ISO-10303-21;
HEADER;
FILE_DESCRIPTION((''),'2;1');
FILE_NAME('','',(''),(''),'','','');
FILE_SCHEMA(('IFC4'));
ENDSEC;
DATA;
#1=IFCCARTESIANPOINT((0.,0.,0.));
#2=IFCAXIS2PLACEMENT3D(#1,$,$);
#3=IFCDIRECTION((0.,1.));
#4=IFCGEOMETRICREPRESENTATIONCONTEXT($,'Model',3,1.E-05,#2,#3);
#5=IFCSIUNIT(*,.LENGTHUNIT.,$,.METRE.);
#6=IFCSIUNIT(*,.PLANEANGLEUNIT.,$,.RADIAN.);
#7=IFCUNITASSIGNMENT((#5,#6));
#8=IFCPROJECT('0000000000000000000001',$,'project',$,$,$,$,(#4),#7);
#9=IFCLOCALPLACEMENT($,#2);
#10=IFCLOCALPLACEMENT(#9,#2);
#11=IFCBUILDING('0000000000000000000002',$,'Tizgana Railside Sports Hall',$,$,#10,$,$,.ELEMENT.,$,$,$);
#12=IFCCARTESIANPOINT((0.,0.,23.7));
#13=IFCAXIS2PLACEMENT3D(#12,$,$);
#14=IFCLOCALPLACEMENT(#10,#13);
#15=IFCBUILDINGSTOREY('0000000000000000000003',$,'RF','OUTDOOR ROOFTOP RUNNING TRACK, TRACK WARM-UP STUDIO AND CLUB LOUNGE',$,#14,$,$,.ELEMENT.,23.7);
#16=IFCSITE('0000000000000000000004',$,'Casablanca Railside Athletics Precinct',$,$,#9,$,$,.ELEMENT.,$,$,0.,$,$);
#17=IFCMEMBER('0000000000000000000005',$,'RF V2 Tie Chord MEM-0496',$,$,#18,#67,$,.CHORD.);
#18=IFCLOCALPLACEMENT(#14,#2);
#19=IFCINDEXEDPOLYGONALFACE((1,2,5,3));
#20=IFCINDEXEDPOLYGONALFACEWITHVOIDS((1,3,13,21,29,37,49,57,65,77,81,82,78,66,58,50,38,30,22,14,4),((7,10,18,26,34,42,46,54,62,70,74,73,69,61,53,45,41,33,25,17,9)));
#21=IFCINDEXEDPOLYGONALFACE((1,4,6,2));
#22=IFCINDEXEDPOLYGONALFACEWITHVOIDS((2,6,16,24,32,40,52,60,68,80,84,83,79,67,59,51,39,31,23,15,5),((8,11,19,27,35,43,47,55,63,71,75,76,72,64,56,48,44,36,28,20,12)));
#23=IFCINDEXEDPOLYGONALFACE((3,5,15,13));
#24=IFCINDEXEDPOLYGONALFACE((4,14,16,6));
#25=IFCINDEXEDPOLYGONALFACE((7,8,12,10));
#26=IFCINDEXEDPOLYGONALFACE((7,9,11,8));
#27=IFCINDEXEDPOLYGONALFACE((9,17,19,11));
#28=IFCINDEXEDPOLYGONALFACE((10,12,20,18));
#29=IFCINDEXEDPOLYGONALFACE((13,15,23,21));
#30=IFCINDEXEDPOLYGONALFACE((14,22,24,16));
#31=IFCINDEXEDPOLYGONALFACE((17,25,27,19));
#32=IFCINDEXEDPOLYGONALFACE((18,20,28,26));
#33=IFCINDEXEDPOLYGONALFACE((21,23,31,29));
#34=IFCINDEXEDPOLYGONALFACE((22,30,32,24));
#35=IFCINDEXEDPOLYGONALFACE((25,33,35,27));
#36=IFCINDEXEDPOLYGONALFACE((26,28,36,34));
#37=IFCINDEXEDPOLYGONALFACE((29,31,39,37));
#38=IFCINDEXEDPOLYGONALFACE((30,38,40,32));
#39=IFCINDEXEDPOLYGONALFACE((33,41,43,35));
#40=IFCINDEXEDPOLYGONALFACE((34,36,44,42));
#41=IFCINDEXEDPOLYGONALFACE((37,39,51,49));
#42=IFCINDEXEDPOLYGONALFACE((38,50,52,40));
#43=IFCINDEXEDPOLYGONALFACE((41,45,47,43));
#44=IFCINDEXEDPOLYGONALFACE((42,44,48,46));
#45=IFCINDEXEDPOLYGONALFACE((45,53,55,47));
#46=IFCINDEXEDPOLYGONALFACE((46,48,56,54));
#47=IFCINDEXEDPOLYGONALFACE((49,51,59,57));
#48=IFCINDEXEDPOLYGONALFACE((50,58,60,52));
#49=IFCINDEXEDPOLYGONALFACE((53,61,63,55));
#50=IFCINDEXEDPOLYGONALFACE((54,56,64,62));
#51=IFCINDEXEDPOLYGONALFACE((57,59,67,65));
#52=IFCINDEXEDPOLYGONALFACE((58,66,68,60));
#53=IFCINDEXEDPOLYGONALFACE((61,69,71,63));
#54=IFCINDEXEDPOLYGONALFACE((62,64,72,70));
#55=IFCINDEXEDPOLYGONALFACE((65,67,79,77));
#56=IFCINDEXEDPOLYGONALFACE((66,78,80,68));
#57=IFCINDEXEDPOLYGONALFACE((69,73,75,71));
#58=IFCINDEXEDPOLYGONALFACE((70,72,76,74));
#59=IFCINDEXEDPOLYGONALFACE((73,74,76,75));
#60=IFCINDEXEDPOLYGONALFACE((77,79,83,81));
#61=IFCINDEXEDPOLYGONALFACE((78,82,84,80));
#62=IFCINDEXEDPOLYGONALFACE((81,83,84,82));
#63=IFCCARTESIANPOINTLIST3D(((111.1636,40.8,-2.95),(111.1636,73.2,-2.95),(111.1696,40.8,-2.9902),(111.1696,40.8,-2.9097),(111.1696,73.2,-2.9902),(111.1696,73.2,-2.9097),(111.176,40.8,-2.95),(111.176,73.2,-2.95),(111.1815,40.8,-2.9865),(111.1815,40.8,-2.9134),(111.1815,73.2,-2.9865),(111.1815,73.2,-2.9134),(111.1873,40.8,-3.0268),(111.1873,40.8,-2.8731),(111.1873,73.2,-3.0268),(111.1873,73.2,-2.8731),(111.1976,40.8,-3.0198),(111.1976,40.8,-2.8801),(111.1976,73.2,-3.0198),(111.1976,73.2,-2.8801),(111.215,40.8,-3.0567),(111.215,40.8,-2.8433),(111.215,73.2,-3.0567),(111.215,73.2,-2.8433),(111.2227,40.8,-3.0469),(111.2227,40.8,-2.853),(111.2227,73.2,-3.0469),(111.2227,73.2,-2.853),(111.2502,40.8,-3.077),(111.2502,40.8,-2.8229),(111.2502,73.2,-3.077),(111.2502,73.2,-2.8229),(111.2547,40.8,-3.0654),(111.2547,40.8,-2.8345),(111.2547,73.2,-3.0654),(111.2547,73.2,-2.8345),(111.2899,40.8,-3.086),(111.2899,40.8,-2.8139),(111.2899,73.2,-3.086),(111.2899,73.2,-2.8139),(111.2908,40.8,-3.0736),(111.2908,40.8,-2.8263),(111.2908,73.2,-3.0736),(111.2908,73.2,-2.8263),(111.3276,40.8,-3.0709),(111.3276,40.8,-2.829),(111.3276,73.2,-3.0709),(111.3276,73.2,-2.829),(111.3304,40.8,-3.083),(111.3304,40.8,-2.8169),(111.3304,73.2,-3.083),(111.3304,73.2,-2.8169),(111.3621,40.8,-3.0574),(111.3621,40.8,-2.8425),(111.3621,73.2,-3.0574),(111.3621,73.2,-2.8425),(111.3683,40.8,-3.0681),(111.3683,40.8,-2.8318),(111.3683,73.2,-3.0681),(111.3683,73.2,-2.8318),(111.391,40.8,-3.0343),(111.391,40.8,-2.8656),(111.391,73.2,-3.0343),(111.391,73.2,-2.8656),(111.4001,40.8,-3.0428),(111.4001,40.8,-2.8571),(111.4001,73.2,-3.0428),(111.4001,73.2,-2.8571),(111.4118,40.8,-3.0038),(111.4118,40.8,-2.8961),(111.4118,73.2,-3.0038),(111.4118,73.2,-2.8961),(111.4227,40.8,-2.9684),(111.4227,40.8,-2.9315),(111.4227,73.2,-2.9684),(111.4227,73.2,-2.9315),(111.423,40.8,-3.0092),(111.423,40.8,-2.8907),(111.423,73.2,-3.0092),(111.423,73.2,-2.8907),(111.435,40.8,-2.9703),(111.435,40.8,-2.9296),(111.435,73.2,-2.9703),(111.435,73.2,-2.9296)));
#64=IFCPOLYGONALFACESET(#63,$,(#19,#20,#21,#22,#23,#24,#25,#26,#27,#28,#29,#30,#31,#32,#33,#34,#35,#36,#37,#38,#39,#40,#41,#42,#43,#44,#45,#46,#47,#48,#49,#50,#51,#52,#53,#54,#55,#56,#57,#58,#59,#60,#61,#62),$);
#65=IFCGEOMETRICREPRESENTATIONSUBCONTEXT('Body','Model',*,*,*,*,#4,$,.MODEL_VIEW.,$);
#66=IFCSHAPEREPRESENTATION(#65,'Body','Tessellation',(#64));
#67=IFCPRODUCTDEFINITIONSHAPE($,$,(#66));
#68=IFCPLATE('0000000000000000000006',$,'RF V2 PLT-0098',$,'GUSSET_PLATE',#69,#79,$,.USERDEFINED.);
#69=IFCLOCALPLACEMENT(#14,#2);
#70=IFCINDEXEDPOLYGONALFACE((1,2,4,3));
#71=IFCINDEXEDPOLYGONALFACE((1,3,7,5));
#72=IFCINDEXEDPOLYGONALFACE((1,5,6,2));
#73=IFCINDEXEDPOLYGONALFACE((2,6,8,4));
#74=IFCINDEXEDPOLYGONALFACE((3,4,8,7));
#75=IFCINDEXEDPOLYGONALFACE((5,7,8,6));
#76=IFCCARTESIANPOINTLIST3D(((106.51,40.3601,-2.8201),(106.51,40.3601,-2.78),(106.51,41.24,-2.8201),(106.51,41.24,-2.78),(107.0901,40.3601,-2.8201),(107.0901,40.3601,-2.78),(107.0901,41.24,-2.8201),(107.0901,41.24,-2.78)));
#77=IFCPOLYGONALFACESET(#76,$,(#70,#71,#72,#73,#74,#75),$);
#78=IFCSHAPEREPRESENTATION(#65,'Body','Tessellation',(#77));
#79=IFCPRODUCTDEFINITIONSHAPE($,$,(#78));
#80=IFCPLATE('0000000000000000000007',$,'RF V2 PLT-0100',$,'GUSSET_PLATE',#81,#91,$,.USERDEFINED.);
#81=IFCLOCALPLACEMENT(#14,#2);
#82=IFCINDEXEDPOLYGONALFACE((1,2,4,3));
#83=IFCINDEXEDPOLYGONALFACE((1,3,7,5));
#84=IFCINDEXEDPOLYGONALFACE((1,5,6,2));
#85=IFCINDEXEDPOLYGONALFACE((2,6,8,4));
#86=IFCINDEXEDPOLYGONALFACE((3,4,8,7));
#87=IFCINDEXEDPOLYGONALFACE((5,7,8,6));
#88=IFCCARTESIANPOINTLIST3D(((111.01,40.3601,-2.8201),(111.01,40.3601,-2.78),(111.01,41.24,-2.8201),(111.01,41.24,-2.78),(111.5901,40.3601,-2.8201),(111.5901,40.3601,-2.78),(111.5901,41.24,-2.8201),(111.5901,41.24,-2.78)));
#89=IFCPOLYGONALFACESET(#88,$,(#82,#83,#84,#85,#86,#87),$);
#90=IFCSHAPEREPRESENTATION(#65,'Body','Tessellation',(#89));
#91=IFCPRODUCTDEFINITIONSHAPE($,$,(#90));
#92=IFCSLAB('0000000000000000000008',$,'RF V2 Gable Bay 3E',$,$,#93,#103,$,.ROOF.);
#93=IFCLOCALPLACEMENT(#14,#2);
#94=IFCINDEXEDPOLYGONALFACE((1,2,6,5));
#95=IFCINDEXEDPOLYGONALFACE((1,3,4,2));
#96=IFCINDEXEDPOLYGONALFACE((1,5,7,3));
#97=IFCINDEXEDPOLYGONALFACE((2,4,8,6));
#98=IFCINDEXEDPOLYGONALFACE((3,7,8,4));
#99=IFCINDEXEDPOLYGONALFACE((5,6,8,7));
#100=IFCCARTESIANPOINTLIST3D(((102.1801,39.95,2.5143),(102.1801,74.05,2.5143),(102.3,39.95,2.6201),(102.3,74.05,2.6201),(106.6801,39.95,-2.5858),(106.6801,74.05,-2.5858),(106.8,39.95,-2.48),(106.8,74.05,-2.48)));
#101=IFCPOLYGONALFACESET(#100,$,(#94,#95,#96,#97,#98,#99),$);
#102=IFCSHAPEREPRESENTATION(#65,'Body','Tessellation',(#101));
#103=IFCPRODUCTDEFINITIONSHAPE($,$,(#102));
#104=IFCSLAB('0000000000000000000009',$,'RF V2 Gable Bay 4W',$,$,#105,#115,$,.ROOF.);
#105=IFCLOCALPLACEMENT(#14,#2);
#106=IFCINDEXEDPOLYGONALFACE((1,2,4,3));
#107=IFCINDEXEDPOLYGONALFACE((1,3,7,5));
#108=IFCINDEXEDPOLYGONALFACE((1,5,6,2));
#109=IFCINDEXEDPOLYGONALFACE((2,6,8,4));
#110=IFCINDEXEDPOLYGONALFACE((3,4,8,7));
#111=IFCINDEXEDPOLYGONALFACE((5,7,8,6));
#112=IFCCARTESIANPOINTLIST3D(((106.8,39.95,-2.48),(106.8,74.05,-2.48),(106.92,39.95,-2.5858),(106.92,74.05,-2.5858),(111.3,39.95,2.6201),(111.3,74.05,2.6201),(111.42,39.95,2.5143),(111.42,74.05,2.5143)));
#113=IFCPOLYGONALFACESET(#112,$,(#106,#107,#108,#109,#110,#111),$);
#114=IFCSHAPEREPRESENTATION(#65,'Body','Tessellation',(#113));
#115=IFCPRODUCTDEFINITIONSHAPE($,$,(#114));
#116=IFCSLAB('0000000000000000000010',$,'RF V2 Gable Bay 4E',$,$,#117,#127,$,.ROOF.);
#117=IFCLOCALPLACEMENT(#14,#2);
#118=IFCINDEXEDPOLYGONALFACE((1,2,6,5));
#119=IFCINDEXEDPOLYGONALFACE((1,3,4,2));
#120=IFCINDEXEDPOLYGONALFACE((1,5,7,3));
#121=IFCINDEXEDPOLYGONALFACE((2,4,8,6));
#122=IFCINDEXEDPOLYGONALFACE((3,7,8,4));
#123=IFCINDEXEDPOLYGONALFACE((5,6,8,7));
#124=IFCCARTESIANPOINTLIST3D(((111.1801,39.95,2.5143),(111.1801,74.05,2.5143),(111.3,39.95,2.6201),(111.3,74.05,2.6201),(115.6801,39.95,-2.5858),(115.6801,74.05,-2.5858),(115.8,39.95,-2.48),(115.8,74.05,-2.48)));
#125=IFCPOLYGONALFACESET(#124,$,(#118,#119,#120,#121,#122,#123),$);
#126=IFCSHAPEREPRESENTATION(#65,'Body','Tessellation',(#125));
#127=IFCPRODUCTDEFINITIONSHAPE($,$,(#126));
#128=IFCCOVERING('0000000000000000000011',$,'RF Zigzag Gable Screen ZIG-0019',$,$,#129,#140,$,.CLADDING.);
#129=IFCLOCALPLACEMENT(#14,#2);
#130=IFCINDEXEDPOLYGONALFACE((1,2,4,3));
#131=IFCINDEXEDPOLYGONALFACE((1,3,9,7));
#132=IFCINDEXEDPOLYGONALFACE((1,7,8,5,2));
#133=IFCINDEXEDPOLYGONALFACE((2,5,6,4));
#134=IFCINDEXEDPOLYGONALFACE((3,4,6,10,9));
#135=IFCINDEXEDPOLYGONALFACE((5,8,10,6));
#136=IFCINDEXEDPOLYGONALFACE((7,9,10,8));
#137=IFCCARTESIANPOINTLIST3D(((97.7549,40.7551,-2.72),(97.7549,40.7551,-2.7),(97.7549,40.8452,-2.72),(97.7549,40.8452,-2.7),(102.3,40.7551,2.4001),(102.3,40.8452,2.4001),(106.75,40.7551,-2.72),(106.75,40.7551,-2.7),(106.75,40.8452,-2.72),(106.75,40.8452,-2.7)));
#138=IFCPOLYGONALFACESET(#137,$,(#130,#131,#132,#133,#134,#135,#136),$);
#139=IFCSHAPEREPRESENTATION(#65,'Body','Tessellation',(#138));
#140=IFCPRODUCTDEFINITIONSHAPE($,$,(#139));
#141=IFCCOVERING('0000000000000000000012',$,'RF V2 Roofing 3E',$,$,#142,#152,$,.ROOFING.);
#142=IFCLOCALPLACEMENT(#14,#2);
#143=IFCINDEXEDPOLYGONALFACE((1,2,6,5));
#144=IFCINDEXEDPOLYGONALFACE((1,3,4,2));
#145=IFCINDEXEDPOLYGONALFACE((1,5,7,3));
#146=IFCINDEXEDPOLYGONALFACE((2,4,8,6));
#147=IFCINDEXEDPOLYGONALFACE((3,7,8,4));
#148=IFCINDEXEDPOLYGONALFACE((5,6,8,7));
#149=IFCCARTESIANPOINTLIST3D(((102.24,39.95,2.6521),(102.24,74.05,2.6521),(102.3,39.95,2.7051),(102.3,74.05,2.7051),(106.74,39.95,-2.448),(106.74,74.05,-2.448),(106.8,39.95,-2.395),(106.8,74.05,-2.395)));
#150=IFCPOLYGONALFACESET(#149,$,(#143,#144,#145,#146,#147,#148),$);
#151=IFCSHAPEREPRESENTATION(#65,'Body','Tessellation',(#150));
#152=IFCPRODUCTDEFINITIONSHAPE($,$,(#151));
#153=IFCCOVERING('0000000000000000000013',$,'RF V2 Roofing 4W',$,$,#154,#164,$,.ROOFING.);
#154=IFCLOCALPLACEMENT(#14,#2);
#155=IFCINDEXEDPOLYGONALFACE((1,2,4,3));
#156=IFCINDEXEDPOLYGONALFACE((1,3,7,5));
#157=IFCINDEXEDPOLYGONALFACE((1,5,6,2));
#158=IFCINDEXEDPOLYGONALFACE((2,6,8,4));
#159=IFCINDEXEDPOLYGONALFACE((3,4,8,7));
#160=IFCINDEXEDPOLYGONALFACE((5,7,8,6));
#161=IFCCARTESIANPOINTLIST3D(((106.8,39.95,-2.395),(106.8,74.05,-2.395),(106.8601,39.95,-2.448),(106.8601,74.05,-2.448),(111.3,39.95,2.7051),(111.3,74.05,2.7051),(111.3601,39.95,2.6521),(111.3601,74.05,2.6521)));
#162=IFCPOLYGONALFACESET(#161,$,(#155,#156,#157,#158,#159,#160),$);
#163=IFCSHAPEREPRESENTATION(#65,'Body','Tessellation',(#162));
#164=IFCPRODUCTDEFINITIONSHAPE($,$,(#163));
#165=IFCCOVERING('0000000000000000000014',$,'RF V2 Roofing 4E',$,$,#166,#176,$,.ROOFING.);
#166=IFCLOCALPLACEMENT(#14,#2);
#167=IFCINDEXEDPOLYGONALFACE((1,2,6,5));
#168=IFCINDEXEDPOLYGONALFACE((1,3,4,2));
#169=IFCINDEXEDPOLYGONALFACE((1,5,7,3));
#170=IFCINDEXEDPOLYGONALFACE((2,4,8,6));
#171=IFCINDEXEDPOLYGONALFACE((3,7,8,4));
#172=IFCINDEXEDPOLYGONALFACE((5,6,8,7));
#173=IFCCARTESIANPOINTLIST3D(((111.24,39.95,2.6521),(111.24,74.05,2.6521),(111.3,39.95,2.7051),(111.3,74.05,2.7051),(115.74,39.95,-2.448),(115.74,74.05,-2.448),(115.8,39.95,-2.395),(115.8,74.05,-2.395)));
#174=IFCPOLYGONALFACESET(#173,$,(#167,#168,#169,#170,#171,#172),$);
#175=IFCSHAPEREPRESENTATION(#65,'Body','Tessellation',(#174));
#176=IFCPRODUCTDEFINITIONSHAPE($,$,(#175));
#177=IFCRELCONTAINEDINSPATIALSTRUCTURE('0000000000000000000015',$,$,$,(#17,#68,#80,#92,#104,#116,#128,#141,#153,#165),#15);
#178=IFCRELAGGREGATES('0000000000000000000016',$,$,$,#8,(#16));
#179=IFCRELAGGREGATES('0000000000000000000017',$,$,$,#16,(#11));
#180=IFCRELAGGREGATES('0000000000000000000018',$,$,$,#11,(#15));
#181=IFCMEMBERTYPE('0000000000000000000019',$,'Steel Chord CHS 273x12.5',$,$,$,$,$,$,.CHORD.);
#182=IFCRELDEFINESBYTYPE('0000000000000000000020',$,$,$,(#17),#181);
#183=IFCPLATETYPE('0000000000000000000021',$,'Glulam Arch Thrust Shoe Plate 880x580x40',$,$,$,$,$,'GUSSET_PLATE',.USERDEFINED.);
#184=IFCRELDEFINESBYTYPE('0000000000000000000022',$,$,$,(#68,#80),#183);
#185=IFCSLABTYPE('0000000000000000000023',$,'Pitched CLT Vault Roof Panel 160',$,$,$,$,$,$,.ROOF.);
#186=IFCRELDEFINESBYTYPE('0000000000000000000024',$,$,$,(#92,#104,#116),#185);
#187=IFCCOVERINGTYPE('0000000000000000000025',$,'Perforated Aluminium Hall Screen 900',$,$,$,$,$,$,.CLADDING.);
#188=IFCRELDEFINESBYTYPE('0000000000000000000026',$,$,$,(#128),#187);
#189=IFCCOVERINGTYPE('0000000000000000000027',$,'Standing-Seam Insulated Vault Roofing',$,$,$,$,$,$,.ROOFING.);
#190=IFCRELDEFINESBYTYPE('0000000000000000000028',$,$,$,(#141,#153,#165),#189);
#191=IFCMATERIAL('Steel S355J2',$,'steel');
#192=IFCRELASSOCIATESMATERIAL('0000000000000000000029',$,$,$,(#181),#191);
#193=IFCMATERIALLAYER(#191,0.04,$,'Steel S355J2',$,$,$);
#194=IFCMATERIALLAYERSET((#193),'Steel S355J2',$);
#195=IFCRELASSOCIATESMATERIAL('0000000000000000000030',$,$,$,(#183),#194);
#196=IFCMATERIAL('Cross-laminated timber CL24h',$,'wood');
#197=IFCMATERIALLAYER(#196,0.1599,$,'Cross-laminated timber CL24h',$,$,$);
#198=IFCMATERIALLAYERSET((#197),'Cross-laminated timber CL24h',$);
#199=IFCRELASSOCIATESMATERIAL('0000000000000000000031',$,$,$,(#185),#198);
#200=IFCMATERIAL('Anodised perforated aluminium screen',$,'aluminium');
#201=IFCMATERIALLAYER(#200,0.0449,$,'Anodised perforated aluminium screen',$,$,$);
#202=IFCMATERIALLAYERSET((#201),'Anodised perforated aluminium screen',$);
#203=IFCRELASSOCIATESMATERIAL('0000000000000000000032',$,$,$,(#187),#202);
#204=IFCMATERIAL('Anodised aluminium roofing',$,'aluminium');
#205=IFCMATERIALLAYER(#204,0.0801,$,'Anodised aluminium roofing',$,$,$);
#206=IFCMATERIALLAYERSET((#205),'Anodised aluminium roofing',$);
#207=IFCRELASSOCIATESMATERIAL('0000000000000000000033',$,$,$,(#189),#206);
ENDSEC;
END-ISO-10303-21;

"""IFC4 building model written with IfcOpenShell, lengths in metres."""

from ifc_helpers import new_model, si_unit, direction, frame, origin, origin_2d, place, context, subcontext, project, spatial, polyline, rectangle, hollow_circle, outline, extrude, material, layer, layer_set, material_profile, profile_set, type_object, element, save


model = new_model("IFC4")

# Units and contexts
model_context = context("Model", 3, precision=1e-05, world=origin(), true_north=direction((0.0, 1.0)))
body_context = subcontext(model_context, "Body", "Model", "MODEL_VIEW")
ifc_project = project(units=[si_unit("LENGTHUNIT", "METRE"), si_unit("PLANEANGLEUNIT", "RADIAN")], contexts=[model_context])

# Site, building, storey
site_placement = place(None, origin())
site = spatial("IfcSite", under=ifc_project, at=site_placement, Name="Casablanca Railside Athletics Precinct", CompositionType="ELEMENT", RefElevation=0.0)
building_placement = place(site_placement, origin())
building = spatial("IfcBuilding", under=site, at=building_placement, Name="Tizgana Railside Sports Hall", CompositionType="ELEMENT")
storey_placement = place(building_placement, frame((0.0, 0.0, 23.7)))
storey = spatial("IfcBuildingStorey", under=building, at=storey_placement, Name="RF", Description="OUTDOOR ROOFTOP RUNNING TRACK, TRACK WARM-UP STUDIO AND CLUB LOUNGE", CompositionType="ELEMENT", Elevation=23.7)

# Member
ifc_material_1 = material(Name="Steel S355J2", Category="steel")
ifc_material_profile_1 = material_profile(ifc_material_1, hollow_circle(Radius=0.1365, WallThickness=0.0125, at=origin_2d()), Name="CHS 273x12.5")
ifc_profile_set_1 = profile_set([ifc_material_profile_1], Name="Steel S355J2")
member_type_1 = type_object("IfcMemberType", Name="Steel Chord CHS 273x12.5", PredefinedType="CHORD", material=ifc_profile_set_1)
for number, where, z_axis, x_axis, name in (
    (1, (111.3, 40.8, -2.95), (0.0, 1.0, 0.0), (-1.0, 0.0, 0.0), "RF V2 Tie Chord MEM-0496"),
):
    element("IfcMember", number, at=place(storey_placement, frame(where, z_axis=z_axis, x_axis=x_axis)), inside=storey, type_object=member_type_1, Name=name, PredefinedType="CHORD", context=body_context, shape_type="SweptSolid", body=[
        extrude(hollow_circle(Radius=0.1365, WallThickness=0.0125, at=origin_2d()), origin(), (0.0, 0.0, 1.0), 32.3999),
    ])

# Plates
ifc_layer_1 = layer(ifc_material_1, 0.04, Name="Steel S355J2")
ifc_layer_set_1 = layer_set([ifc_layer_1], Name="Steel S355J2")
plate_type = type_object("IfcPlateType", Name="Glulam Arch Thrust Shoe Plate 880x580x40", ElementType="GUSSET_PLATE", PredefinedType="USERDEFINED", material=ifc_layer_set_1)
for number, where, z_axis, x_axis, name in (
    (2, (106.8, 40.8, -2.8201), (0.0, 0.0, 1.0), (1.0, 0.0, 0.0), "RF V2 PLT-0098"),
    (3, (111.3, 40.8, -2.8201), (0.0, 0.0, 1.0), (1.0, 0.0, 0.0), "RF V2 PLT-0100"),
):
    element("IfcPlate", number, at=place(storey_placement, frame(where, z_axis=z_axis, x_axis=x_axis)), inside=storey, type_object=plate_type, Name=name, ObjectType="GUSSET_PLATE", PredefinedType="USERDEFINED", context=body_context, shape_type="SweptSolid", body=[
        extrude(rectangle(XDim=0.5801, YDim=0.8799, at=origin_2d()), origin(), (0.0, 0.0, 1.0), 0.04),
    ])

# Slabs
ifc_material_2 = material(Name="Cross-laminated timber CL24h", Category="wood")
ifc_layer_2 = layer(ifc_material_2, 0.1599, Name="Cross-laminated timber CL24h")
ifc_layer_set_2 = layer_set([ifc_layer_2], Name="Cross-laminated timber CL24h")
slab_type = type_object("IfcSlabType", Name="Pitched CLT Vault Roof Panel 160", PredefinedType="ROOF", material=ifc_layer_set_2)
for number, where, z_axis, x_axis, name in (
    (4, (102.3, 39.95, 2.6201), (0.749844, 0.0, 0.661615), (0.661615, 0.0, -0.749844), "RF V2 Gable Bay 3E"),
    (5, (106.8, 39.95, -2.48), (-0.749844, 0.0, 0.661615), (0.661615, 0.0, 0.749844), "RF V2 Gable Bay 4W"),
    (6, (111.3, 39.95, 2.6201), (0.749844, 0.0, 0.661615), (0.661615, 0.0, -0.749844), "RF V2 Gable Bay 4E"),
):
    element("IfcSlab", number, at=place(storey_placement, frame(where, z_axis=z_axis, x_axis=x_axis)), inside=storey, type_object=slab_type, Name=name, PredefinedType="ROOF", context=body_context, shape_type="SweptSolid", body=[
        extrude(outline(polyline([(0.0, 0.0), (6.8015, 0.0), (6.8015, 34.1001), (0.0, 34.1001), (0.0, 0.0)])), origin(), (0.0, 0.0, -1.0), 0.1599),
    ])

# Coverings
ifc_material_3 = material(Name="Anodised perforated aluminium screen", Category="aluminium")
ifc_layer_3 = layer(ifc_material_3, 0.0449, Name="Anodised perforated aluminium screen")
ifc_layer_set_3 = layer_set([ifc_layer_3], Name="Anodised perforated aluminium screen")
covering_type_1 = type_object("IfcCoveringType", Name="Perforated Aluminium Hall Screen 900", PredefinedType="CLADDING", material=ifc_layer_set_3)
covering_placement = place(storey_placement, frame((106.75, 40.8, -2.72), z_axis=(0.0, 0.0, 1.0), x_axis=(-1.0, 0.0, 0.0)))
element("IfcCovering", 7, at=covering_placement, inside=storey, type_object=covering_type_1, Name="RF Zigzag Gable Screen ZIG-0019", PredefinedType="CLADDING", context=body_context, shape_type="SweptSolid", body=[
    extrude(outline(polyline([(0.0, 0.0), (8.9951, 0.0), (8.9951, 0.02), (4.45, 5.1201), (0.0, 0.02), (0.0, 0.0)])), frame((0.0, 0.0449, 0.0), z_axis=(0.0, -1.0, 0.0), x_axis=(1.0, 0.0, 0.0)), (0.0, 0.0, 1.0), 0.0901),
])
ifc_material_4 = material(Name="Anodised aluminium roofing", Category="aluminium")
ifc_layer_4 = layer(ifc_material_4, 0.0801, Name="Anodised aluminium roofing")
ifc_layer_set_4 = layer_set([ifc_layer_4], Name="Anodised aluminium roofing")
covering_type_2 = type_object("IfcCoveringType", Name="Standing-Seam Insulated Vault Roofing", PredefinedType="ROOFING", material=ifc_layer_set_4)
for number, where, z_axis, x_axis, name in (
    (8, (102.3, 39.95, 2.7051), (0.749844, 0.0, 0.661615), (0.661615, 0.0, -0.749844), "RF V2 Roofing 3E"),
    (9, (106.8, 39.95, -2.395), (-0.749844, 0.0, 0.661615), (0.661615, 0.0, 0.749844), "RF V2 Roofing 4W"),
    (10, (111.3, 39.95, 2.7051), (0.749844, 0.0, 0.661615), (0.661615, 0.0, -0.749844), "RF V2 Roofing 4E"),
):
    element("IfcCovering", number, at=place(storey_placement, frame(where, z_axis=z_axis, x_axis=x_axis)), inside=storey, type_object=covering_type_2, Name=name, PredefinedType="ROOFING", context=body_context, shape_type="SweptSolid", body=[
        extrude(outline(polyline([(0.0, 0.0), (6.8015, 0.0), (6.8015, 34.1001), (0.0, 34.1001), (0.0, 0.0)])), origin(), (0.0, 0.0, -1.0), 0.0801),
    ])

save(model, "model.ifc")
